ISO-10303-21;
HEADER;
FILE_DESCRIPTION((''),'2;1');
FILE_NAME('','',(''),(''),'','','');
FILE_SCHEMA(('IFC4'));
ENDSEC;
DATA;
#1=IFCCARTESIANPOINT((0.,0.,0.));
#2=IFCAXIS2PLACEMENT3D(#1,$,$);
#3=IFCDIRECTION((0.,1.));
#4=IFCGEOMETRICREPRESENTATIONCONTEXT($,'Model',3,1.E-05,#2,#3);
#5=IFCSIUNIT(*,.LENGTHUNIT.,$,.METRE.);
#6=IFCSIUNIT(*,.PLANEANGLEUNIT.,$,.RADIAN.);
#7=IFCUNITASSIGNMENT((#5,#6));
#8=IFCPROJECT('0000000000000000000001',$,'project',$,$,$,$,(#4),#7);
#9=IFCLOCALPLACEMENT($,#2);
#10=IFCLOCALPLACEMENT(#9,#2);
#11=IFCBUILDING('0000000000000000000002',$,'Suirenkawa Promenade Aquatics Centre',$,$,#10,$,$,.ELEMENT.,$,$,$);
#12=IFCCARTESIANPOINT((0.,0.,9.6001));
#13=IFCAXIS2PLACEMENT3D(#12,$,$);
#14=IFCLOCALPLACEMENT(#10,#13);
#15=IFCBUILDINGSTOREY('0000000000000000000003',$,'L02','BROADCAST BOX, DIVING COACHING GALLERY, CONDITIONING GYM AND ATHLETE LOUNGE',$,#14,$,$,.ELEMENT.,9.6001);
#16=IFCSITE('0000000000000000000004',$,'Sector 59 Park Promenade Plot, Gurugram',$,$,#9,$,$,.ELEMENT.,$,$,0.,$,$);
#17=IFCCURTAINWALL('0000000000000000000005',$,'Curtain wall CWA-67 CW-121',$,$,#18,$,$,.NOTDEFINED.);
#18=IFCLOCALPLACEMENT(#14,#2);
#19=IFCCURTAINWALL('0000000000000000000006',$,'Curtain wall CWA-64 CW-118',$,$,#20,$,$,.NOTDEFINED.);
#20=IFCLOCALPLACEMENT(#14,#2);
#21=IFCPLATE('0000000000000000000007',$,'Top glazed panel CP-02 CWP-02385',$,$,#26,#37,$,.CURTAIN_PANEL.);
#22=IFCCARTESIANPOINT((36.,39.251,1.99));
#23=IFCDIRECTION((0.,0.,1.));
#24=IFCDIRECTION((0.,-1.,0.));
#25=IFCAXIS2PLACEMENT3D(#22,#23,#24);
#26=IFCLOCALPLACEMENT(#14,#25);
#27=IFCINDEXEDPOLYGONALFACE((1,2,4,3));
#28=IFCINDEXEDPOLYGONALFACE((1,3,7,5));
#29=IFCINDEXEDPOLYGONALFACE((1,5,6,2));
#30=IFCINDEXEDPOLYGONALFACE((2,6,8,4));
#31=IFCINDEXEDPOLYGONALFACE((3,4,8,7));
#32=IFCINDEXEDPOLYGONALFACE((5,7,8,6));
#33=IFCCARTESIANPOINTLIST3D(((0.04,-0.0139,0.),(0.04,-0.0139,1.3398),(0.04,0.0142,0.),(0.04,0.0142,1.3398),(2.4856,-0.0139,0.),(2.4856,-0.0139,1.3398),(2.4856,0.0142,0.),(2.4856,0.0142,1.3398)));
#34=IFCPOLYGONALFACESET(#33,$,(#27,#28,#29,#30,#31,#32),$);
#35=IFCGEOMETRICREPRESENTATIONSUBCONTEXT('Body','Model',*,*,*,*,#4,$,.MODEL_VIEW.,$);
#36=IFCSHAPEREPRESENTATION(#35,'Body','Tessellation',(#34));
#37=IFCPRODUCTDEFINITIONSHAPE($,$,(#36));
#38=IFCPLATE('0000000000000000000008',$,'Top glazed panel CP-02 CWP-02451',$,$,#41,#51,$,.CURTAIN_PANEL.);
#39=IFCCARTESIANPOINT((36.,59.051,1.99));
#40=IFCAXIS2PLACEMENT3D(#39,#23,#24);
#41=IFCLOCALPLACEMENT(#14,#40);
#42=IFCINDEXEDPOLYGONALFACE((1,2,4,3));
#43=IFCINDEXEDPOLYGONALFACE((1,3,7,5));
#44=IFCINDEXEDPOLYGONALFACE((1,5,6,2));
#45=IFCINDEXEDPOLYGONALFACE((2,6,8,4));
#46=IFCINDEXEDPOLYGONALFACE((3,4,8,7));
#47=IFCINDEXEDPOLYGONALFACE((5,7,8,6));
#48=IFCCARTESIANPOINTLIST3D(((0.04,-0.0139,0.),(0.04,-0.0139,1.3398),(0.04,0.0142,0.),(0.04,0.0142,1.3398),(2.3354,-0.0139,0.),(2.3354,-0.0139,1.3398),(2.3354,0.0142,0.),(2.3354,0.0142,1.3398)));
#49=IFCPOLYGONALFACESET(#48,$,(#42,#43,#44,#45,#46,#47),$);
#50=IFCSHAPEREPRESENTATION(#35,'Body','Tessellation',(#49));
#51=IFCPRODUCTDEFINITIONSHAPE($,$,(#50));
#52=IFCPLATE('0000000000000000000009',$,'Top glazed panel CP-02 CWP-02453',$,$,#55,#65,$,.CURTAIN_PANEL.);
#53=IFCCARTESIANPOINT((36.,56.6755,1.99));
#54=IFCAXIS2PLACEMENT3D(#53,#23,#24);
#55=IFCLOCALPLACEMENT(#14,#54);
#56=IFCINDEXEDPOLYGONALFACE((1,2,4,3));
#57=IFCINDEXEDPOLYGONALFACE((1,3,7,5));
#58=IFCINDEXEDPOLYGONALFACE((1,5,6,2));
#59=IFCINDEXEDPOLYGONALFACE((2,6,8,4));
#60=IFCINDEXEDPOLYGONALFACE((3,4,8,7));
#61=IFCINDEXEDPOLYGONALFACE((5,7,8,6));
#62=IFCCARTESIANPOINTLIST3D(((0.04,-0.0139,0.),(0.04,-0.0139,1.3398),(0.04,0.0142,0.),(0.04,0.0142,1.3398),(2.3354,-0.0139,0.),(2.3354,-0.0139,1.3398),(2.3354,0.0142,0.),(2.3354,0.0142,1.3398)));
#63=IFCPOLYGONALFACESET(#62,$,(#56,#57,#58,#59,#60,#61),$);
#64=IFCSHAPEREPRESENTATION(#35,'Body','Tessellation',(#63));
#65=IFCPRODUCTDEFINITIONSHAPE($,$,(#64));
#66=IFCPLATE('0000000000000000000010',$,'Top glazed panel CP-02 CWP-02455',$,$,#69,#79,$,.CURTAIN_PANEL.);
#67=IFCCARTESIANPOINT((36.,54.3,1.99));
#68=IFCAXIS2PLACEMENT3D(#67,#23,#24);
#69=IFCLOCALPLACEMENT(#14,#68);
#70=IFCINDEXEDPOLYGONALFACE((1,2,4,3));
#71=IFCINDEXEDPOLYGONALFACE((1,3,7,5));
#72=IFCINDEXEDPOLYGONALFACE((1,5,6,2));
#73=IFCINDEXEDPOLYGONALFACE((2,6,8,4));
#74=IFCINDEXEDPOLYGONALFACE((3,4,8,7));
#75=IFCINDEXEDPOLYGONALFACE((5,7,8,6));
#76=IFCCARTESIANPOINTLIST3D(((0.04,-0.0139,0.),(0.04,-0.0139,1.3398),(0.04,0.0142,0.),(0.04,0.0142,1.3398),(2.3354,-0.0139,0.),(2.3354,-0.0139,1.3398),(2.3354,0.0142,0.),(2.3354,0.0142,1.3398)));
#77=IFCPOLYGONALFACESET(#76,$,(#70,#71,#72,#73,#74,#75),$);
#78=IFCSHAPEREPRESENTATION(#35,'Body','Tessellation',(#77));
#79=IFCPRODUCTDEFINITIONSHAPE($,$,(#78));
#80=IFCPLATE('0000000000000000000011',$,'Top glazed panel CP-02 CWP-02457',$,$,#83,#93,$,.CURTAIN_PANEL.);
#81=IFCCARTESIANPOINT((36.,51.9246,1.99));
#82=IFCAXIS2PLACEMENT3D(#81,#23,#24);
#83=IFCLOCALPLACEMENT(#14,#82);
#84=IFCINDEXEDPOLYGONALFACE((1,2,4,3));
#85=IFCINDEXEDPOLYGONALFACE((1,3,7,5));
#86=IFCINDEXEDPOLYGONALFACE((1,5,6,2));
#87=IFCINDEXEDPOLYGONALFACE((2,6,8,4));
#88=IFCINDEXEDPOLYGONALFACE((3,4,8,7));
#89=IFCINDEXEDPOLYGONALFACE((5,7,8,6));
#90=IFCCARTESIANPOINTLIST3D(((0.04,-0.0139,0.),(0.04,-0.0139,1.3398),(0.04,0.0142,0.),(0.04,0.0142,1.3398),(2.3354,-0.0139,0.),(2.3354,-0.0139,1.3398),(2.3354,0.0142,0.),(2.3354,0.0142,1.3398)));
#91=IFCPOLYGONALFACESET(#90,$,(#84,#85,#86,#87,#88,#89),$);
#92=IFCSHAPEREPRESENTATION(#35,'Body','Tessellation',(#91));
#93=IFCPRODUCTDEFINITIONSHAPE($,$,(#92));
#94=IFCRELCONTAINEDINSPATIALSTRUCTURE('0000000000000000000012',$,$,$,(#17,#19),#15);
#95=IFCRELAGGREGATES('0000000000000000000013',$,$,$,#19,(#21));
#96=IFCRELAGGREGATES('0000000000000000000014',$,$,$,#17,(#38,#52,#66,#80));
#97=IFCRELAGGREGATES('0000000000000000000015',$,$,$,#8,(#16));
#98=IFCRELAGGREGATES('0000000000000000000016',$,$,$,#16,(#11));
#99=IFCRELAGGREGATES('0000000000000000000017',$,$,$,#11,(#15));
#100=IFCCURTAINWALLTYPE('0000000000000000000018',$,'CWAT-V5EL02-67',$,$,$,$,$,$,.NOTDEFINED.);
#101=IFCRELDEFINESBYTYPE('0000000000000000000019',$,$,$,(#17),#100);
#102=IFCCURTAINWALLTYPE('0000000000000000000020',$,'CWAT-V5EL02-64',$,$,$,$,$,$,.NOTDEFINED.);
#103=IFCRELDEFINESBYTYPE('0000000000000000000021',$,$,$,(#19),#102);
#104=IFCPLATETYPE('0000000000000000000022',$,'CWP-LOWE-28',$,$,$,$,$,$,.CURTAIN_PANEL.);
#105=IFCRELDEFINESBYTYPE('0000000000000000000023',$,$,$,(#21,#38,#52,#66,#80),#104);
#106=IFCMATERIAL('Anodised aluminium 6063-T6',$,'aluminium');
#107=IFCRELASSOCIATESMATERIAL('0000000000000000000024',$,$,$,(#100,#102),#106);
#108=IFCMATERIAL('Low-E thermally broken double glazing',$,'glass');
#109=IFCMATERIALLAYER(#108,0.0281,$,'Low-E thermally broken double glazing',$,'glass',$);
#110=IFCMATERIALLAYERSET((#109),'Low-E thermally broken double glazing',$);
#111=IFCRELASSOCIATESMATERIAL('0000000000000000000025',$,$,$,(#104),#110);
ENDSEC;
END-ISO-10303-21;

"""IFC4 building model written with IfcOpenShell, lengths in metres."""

from ifc_helpers import new_model, si_unit, direction, frame, origin, place, context, subcontext, project, spatial, polyline, outline, extrude, material, layer, layer_set, type_object, element, aggregate, save


model = new_model("IFC4")

# Units and contexts
model_context = context("Model", 3, precision=1e-05, world=origin(), true_north=direction((0.0, 1.0)))
body_context = subcontext(model_context, "Body", "Model", "MODEL_VIEW")
ifc_project = project(units=[si_unit("LENGTHUNIT", "METRE"), si_unit("PLANEANGLEUNIT", "RADIAN")], contexts=[model_context])

# Site, building, storey
site_placement = place(None, origin())
site = spatial("IfcSite", under=ifc_project, at=site_placement, Name="Sector 59 Park Promenade Plot, Gurugram", CompositionType="ELEMENT", RefElevation=0.0)
building_placement = place(site_placement, origin())
building = spatial("IfcBuilding", under=site, at=building_placement, Name="Suirenkawa Promenade Aquatics Centre", CompositionType="ELEMENT")
storey_placement = place(building_placement, frame((0.0, 0.0, 9.6001)))
storey = spatial("IfcBuildingStorey", under=building, at=storey_placement, Name="L02", Description="BROADCAST BOX, DIVING COACHING GALLERY, CONDITIONING GYM AND ATHLETE LOUNGE", CompositionType="ELEMENT", Elevation=9.6001)

# Curtain wall
ifc_material_1 = material(Name="Anodised aluminium 6063-T6", Category="aluminium")
curtain_wall_type_1 = type_object("IfcCurtainWallType", Name="CWAT-V5EL02-67", PredefinedType="NOTDEFINED", material=ifc_material_1)
curtain_wall_1_placement = place(storey_placement, origin())
curtain_wall_1 = element("IfcCurtainWall", 1, at=curtain_wall_1_placement, inside=storey, type_object=curtain_wall_type_1, Name="Curtain wall CWA-67 CW-121", PredefinedType="NOTDEFINED")

# Curtain wall
curtain_wall_type_2 = type_object("IfcCurtainWallType", Name="CWAT-V5EL02-64", PredefinedType="NOTDEFINED", material=ifc_material_1)
curtain_wall_2_placement = place(storey_placement, origin())
curtain_wall_2 = element("IfcCurtainWall", 2, at=curtain_wall_2_placement, inside=storey, type_object=curtain_wall_type_2, Name="Curtain wall CWA-64 CW-118", PredefinedType="NOTDEFINED")

# Plates
ifc_material_2 = material(Name="Low-E thermally broken double glazing", Category="glass")
ifc_layer_1 = layer(ifc_material_2, 0.0281, Name="Low-E thermally broken double glazing", Category="glass")
ifc_layer_set_1 = layer_set([ifc_layer_1], Name="Low-E thermally broken double glazing")
plate_type = type_object("IfcPlateType", Name="CWP-LOWE-28", PredefinedType="CURTAIN_PANEL", material=ifc_layer_set_1)
plate_1_placement = place(storey_placement, frame((36.0, 39.251, 1.99), z_axis=(0.0, 0.0, 1.0), x_axis=(0.0, -1.0, 0.0)))
plate_1 = element("IfcPlate", 3, at=plate_1_placement, type_object=plate_type, Name="Top glazed panel CP-02 CWP-02385", PredefinedType="CURTAIN_PANEL", context=body_context, shape_type="SweptSolid", body=[
    extrude(outline(polyline([(0.04, 0.0), (2.4856, 0.0), (2.4856, 1.3398), (0.04, 1.3398), (0.04, 0.0)])), frame((0.0, 0.0142, 0.0), z_axis=(0.0, -1.0, 0.0), x_axis=(1.0, 0.0, 0.0)), (0.0, 0.0, 1.0), 0.0281),
])
aggregate(curtain_wall_2, [plate_1])
plate_2_placement = place(storey_placement, frame((36.0, 59.051, 1.99), z_axis=(0.0, 0.0, 1.0), x_axis=(0.0, -1.0, 0.0)))
plate_2 = element("IfcPlate", 4, at=plate_2_placement, type_object=plate_type, Name="Top glazed panel CP-02 CWP-02451", PredefinedType="CURTAIN_PANEL", context=body_context, shape_type="SweptSolid", body=[
    extrude(outline(polyline([(0.04, 0.0), (2.3354, 0.0), (2.3354, 1.3398), (0.04, 1.3398), (0.04, 0.0)])), frame((0.0, 0.0142, 0.0), z_axis=(0.0, -1.0, 0.0), x_axis=(1.0, 0.0, 0.0)), (0.0, 0.0, 1.0), 0.0281),
])
plate_3_placement = place(storey_placement, frame((36.0, 56.6755, 1.99), z_axis=(0.0, 0.0, 1.0), x_axis=(0.0, -1.0, 0.0)))
plate_3 = element("IfcPlate", 5, at=plate_3_placement, type_object=plate_type, Name="Top glazed panel CP-02 CWP-02453", PredefinedType="CURTAIN_PANEL", context=body_context, shape_type="SweptSolid", body=[
    extrude(outline(polyline([(0.04, 0.0), (2.3354, 0.0), (2.3354, 1.3398), (0.04, 1.3398), (0.04, 0.0)])), frame((0.0, 0.0142, 0.0), z_axis=(0.0, -1.0, 0.0), x_axis=(1.0, 0.0, 0.0)), (0.0, 0.0, 1.0), 0.0281),
])
plate_4_placement = place(storey_placement, frame((36.0, 54.3, 1.99), z_axis=(0.0, 0.0, 1.0), x_axis=(0.0, -1.0, 0.0)))
plate_4 = element("IfcPlate", 6, at=plate_4_placement, type_object=plate_type, Name="Top glazed panel CP-02 CWP-02455", PredefinedType="CURTAIN_PANEL", context=body_context, shape_type="SweptSolid", body=[
    extrude(outline(polyline([(0.04, 0.0), (2.3354, 0.0), (2.3354, 1.3398), (0.04, 1.3398), (0.04, 0.0)])), frame((0.0, 0.0142, 0.0), z_axis=(0.0, -1.0, 0.0), x_axis=(1.0, 0.0, 0.0)), (0.0, 0.0, 1.0), 0.0281),
])
plate_5_placement = place(storey_placement, frame((36.0, 51.9246, 1.99), z_axis=(0.0, 0.0, 1.0), x_axis=(0.0, -1.0, 0.0)))
plate_5 = element("IfcPlate", 7, at=plate_5_placement, type_object=plate_type, Name="Top glazed panel CP-02 CWP-02457", PredefinedType="CURTAIN_PANEL", context=body_context, shape_type="SweptSolid", body=[
    extrude(outline(polyline([(0.04, 0.0), (2.3354, 0.0), (2.3354, 1.3398), (0.04, 1.3398), (0.04, 0.0)])), frame((0.0, 0.0142, 0.0), z_axis=(0.0, -1.0, 0.0), x_axis=(1.0, 0.0, 0.0)), (0.0, 0.0, 1.0), 0.0281),
])
aggregate(curtain_wall_1, [plate_2, plate_3, plate_4, plate_5])

save(model, "model.ifc")
